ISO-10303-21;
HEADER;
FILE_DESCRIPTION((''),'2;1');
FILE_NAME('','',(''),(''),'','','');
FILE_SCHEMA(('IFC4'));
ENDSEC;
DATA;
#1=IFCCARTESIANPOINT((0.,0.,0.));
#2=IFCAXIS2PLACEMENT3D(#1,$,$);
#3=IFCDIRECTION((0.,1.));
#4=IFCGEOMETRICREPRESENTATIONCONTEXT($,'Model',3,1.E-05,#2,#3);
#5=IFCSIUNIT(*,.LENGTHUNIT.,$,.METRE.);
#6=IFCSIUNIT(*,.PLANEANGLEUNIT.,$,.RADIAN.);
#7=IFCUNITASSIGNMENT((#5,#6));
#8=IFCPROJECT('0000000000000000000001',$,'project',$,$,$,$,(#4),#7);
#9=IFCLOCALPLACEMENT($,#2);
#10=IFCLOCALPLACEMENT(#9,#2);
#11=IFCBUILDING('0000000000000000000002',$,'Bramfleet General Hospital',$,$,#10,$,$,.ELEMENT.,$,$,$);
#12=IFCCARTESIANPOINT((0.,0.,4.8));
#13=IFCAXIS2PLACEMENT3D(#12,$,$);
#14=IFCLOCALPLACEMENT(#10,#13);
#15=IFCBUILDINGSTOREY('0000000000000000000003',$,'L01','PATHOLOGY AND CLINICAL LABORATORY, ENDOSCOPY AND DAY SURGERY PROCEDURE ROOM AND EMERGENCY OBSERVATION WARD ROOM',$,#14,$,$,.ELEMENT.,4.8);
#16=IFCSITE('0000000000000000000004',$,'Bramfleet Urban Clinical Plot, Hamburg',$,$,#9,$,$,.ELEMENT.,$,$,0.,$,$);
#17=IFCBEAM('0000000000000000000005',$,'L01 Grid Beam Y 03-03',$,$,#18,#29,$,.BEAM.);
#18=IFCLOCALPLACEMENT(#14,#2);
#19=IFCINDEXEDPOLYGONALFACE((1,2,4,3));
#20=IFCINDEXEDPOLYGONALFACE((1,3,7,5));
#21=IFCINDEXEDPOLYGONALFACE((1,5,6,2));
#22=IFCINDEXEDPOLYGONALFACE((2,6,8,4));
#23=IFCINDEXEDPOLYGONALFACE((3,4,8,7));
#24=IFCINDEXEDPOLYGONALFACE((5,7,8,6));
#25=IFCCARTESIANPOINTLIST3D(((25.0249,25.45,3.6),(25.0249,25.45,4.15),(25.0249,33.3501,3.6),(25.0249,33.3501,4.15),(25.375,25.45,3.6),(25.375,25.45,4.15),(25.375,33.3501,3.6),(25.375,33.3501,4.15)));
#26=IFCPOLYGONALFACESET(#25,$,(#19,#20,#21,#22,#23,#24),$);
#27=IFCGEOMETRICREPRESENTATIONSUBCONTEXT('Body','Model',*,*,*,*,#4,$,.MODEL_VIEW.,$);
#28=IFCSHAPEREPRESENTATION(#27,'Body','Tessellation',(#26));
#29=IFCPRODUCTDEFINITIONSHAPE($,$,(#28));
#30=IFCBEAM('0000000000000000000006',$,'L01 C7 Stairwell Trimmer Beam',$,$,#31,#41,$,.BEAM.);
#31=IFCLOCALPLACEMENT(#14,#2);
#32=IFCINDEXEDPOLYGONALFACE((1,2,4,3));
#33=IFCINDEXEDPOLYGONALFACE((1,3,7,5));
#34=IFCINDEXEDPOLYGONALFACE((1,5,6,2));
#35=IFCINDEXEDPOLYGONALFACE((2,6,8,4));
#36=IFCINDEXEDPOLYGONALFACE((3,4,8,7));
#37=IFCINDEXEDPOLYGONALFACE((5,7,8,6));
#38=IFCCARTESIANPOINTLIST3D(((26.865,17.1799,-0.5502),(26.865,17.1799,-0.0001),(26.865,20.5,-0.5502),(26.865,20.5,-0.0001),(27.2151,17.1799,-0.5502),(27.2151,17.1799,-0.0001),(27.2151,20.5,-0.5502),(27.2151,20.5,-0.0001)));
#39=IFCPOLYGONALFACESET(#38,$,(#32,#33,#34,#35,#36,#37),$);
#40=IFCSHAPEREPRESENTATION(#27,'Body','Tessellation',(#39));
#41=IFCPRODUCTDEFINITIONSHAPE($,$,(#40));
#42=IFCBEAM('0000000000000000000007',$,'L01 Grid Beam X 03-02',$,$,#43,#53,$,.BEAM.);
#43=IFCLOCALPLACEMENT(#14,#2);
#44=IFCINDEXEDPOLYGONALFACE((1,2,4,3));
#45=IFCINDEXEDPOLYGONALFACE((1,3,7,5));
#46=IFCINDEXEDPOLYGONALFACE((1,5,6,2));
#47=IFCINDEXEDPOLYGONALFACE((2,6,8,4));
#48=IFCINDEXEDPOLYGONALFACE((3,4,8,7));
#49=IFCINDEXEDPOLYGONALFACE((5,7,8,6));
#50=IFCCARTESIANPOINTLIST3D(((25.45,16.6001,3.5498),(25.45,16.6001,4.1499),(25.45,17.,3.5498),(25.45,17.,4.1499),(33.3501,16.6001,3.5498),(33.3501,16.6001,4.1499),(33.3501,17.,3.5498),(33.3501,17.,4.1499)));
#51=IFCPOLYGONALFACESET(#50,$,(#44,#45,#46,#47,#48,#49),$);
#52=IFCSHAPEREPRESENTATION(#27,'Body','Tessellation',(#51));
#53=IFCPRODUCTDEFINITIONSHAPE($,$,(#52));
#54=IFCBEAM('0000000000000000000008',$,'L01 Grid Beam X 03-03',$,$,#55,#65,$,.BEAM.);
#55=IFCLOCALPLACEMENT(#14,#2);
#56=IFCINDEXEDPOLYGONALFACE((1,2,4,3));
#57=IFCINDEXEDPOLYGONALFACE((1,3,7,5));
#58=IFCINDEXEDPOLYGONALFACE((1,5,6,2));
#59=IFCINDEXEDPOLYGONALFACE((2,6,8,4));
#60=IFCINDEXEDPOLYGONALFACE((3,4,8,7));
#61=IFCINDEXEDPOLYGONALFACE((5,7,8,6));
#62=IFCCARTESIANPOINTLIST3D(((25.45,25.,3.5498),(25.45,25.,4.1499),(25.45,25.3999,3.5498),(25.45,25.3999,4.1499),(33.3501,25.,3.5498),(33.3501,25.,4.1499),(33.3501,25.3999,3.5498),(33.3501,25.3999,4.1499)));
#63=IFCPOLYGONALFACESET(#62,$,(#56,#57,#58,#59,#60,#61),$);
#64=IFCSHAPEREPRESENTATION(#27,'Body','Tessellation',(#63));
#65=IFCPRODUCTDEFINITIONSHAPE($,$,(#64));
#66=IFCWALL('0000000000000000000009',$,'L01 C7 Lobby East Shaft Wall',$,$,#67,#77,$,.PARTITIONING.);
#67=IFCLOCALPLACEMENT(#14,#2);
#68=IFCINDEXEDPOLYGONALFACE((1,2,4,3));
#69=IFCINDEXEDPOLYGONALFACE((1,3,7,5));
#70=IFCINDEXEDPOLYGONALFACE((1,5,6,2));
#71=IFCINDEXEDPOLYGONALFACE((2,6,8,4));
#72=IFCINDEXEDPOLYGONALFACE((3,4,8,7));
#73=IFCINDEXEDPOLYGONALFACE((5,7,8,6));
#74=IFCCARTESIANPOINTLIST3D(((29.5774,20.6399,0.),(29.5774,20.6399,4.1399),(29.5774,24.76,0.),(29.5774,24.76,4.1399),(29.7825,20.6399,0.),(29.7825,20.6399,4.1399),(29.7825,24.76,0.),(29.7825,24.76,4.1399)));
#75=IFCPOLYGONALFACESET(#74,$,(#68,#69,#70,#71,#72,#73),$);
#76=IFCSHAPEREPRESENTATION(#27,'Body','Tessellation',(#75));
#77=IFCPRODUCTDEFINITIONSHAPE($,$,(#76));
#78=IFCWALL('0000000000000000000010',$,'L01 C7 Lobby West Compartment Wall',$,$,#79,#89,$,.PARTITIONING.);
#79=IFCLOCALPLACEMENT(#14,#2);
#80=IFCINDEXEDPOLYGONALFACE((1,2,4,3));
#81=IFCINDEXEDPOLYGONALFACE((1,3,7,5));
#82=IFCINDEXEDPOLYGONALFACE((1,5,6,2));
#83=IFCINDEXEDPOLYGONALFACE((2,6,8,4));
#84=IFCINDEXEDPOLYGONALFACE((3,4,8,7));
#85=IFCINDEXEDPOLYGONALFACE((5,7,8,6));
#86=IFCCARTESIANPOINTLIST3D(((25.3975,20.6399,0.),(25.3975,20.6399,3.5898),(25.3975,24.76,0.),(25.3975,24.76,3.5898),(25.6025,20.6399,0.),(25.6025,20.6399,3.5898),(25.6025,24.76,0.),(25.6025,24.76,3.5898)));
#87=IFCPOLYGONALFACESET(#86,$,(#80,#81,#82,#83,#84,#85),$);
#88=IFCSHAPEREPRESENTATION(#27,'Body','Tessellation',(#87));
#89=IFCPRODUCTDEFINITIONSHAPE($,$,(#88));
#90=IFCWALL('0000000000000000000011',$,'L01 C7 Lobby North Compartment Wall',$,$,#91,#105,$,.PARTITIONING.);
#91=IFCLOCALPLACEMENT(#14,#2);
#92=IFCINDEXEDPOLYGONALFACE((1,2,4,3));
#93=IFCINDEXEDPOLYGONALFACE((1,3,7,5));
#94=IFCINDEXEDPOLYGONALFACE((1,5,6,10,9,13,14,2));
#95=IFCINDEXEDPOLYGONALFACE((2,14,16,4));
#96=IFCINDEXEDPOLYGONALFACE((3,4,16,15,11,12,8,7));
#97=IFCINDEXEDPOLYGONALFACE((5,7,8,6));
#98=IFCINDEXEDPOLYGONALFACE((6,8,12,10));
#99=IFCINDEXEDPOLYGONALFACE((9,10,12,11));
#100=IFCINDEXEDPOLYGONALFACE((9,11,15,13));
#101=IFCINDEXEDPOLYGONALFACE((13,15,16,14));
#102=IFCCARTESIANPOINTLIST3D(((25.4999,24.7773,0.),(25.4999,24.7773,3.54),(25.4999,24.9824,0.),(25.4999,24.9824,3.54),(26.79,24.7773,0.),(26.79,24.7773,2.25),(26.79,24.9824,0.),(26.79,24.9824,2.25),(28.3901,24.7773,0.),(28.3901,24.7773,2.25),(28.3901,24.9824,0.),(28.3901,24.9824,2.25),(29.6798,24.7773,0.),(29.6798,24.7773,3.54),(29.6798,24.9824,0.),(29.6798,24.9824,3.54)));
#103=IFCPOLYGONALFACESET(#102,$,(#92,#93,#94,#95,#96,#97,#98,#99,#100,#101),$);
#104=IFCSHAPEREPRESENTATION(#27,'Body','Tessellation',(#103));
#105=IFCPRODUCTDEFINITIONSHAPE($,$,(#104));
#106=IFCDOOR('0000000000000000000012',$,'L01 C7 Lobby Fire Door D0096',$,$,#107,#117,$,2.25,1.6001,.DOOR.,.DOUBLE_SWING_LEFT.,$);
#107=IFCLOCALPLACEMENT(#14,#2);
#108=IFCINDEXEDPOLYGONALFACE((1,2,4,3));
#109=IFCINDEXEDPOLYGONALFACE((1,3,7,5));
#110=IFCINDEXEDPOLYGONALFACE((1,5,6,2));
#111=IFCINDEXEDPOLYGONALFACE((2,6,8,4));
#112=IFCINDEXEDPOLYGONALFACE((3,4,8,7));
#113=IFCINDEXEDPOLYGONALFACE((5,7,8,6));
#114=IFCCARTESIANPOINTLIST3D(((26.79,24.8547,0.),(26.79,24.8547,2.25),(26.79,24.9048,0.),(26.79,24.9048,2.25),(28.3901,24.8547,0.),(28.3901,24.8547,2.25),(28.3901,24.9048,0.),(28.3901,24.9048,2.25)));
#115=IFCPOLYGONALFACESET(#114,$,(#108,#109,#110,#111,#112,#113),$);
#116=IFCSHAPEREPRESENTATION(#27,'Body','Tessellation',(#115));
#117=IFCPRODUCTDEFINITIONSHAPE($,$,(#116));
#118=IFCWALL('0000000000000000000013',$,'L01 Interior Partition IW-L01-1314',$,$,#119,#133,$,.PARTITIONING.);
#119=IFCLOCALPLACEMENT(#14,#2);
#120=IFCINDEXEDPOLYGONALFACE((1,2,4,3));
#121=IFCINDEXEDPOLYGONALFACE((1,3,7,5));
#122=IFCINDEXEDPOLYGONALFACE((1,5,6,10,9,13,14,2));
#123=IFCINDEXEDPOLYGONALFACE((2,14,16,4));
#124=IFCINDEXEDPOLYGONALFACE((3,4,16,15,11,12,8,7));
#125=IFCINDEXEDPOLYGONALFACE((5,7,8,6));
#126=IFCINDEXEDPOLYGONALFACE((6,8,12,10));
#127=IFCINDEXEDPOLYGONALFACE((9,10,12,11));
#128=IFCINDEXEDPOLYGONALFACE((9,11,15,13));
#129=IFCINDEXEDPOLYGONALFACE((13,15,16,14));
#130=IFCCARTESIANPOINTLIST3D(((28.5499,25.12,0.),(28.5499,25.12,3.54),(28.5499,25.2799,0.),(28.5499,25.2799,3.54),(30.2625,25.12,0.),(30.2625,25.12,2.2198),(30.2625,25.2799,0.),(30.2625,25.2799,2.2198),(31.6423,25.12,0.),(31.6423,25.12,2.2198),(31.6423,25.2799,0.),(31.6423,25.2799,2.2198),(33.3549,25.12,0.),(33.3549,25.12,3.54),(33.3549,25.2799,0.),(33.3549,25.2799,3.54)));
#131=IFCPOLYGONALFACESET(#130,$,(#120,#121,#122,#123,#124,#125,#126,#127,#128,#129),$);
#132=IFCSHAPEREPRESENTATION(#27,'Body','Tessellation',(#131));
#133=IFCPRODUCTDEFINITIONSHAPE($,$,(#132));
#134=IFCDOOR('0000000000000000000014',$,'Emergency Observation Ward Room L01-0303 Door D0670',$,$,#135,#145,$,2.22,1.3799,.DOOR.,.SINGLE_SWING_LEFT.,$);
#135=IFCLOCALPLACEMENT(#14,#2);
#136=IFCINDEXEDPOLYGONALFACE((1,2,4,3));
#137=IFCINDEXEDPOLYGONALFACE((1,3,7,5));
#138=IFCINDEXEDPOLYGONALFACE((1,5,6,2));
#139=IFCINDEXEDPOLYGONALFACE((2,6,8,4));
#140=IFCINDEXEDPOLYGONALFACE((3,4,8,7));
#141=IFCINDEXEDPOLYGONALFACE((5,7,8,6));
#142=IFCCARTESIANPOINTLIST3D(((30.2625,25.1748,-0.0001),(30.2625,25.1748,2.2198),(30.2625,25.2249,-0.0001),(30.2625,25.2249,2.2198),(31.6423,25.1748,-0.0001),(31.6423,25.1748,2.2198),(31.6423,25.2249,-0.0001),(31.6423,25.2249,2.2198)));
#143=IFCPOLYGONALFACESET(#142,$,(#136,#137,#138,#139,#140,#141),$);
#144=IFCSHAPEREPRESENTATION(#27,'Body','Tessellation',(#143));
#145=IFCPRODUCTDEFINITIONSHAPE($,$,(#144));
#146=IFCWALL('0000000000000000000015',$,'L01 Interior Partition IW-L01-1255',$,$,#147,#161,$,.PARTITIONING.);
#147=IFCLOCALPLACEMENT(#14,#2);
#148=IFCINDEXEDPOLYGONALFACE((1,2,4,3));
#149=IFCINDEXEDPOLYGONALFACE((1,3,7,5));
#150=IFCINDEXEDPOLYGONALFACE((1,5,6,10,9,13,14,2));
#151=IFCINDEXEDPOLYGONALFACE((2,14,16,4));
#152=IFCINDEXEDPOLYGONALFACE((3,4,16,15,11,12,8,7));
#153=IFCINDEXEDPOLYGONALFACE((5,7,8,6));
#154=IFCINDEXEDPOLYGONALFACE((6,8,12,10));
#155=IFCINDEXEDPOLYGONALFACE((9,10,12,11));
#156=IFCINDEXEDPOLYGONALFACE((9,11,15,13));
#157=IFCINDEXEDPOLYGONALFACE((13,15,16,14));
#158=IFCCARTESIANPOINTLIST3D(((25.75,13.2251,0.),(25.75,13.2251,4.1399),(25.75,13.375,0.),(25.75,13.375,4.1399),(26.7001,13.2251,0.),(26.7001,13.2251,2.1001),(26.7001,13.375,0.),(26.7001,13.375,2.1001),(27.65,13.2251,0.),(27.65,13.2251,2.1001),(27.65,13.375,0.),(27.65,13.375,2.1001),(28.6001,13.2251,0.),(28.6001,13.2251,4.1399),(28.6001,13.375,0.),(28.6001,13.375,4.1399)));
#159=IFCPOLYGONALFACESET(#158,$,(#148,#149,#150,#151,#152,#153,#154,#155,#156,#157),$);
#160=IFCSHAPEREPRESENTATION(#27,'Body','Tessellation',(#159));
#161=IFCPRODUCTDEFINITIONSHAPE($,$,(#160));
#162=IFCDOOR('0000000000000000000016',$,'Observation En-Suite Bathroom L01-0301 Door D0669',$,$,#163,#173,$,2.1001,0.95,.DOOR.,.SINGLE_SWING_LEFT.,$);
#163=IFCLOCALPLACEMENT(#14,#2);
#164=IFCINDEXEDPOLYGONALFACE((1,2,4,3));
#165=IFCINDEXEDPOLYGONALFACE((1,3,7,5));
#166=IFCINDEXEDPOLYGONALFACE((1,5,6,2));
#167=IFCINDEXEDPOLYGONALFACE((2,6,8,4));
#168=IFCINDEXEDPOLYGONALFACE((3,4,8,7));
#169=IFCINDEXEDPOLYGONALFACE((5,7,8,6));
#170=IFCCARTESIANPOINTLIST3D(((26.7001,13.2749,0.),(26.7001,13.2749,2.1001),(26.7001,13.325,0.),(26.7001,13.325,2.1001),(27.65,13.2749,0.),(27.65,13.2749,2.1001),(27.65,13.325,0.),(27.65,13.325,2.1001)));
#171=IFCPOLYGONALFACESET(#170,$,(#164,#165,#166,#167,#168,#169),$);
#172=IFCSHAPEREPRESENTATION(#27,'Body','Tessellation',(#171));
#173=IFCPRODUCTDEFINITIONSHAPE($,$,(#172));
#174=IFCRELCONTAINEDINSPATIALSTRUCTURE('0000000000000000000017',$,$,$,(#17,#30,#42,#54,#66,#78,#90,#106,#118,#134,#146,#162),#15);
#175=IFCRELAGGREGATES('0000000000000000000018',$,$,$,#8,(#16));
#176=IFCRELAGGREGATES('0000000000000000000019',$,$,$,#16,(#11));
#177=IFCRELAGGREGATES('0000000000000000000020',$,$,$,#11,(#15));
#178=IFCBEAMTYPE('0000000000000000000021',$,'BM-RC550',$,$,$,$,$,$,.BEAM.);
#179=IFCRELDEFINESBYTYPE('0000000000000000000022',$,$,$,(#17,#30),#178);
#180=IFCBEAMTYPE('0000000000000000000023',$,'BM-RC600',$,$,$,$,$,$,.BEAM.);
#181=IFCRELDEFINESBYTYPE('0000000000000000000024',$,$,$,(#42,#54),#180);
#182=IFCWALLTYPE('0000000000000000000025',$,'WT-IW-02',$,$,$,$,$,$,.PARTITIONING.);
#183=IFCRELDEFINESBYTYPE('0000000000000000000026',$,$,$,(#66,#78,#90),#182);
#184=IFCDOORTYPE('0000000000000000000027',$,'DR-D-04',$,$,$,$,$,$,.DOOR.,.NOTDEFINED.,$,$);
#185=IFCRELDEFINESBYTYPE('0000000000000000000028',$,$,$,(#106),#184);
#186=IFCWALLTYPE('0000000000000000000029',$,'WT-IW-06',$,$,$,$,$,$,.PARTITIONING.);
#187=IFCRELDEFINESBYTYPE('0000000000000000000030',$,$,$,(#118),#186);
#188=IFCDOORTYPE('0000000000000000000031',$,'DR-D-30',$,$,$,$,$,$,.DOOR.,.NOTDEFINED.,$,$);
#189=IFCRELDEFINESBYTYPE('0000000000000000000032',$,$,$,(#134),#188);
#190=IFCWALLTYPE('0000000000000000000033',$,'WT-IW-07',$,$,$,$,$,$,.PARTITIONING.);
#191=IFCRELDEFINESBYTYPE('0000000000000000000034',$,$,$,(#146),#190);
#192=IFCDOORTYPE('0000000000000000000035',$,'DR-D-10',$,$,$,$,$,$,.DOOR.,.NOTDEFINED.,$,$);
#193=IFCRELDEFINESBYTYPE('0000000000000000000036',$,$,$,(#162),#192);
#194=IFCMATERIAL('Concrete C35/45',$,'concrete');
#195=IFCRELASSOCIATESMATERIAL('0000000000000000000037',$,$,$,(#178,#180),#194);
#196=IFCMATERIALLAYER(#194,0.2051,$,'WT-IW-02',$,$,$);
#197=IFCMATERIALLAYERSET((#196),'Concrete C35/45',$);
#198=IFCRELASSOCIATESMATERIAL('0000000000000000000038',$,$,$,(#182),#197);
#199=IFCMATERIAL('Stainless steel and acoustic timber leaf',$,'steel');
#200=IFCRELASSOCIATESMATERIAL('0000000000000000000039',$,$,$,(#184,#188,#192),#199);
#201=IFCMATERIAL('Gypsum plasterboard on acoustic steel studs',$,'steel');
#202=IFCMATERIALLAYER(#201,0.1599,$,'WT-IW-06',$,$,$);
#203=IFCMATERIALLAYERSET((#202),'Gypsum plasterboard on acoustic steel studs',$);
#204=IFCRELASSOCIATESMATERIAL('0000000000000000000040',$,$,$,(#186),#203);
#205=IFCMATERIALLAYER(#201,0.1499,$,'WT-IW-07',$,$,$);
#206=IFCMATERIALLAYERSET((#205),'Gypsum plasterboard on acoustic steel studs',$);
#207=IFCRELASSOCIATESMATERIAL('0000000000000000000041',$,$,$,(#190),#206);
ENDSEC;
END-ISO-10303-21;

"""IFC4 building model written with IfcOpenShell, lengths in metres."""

from ifc_helpers import new_model, si_unit, direction, frame, frame_2d, origin, origin_2d, place, context, subcontext, project, spatial, rectangle, extrude, material, layer, layer_set, material_profile, profile_set, type_object, element, fill, save


model = new_model("IFC4")

# Units and contexts
model_context = context("Model", 3, precision=1e-05, world=origin(), true_north=direction((0.0, 1.0)))
body_context = subcontext(model_context, "Body", "Model", "MODEL_VIEW")
ifc_project = project(units=[si_unit("LENGTHUNIT", "METRE"), si_unit("PLANEANGLEUNIT", "RADIAN")], contexts=[model_context])

# Site, building, storey
site_placement = place(None, origin())
site = spatial("IfcSite", under=ifc_project, at=site_placement, Name="Bramfleet Urban Clinical Plot, Hamburg", CompositionType="ELEMENT", RefElevation=0.0)
building_placement = place(site_placement, origin())
building = spatial("IfcBuilding", under=site, at=building_placement, Name="Bramfleet General Hospital", CompositionType="ELEMENT")
storey_placement = place(building_placement, frame((0.0, 0.0, 4.8)))
storey = spatial("IfcBuildingStorey", under=building, at=storey_placement, Name="L01", Description="PATHOLOGY AND CLINICAL LABORATORY, ENDOSCOPY AND DAY SURGERY PROCEDURE ROOM AND EMERGENCY OBSERVATION WARD ROOM", CompositionType="ELEMENT", Elevation=4.8)

# Beams
ifc_material_1 = material(Name="Concrete C35/45", Category="concrete")
ifc_material_profile_1 = material_profile(ifc_material_1, rectangle(XDim=0.3501, YDim=0.55, at=origin_2d()), Name="RC BM 550x350")
ifc_profile_set_1 = profile_set([ifc_material_profile_1], Name="Concrete C35/45")
beam_type_1 = type_object("IfcBeamType", Name="BM-RC550", PredefinedType="BEAM", material=ifc_profile_set_1)
beam_1_placement = place(storey_placement, frame((25.2, 25.45, 3.875), z_axis=(0.0, 1.0, 0.0), x_axis=(-1.0, 0.0, 0.0)))
element("IfcBeam", 1, at=beam_1_placement, inside=storey, type_object=beam_type_1, Name="L01 Grid Beam Y 03-03", PredefinedType="BEAM", context=body_context, shape_type="SweptSolid", body=[
    extrude(rectangle(XDim=0.3501, YDim=0.55, at=origin_2d()), origin(), (0.0, 0.0, 1.0), 7.9001),
])
beam_2_placement = place(storey_placement, frame((27.04, 17.1799, -0.2751), z_axis=(0.0, 1.0, 0.0), x_axis=(-1.0, 0.0, 0.0)))
element("IfcBeam", 2, at=beam_2_placement, inside=storey, type_object=beam_type_1, Name="L01 C7 Stairwell Trimmer Beam", PredefinedType="BEAM", context=body_context, shape_type="SweptSolid", body=[
    extrude(rectangle(XDim=0.3501, YDim=0.55, at=origin_2d()), origin(), (0.0, 0.0, 1.0), 3.3201),
])
ifc_material_profile_2 = material_profile(ifc_material_1, rectangle(XDim=0.3999, YDim=0.6001, at=origin_2d()), Name="RC BM 600x400")
ifc_profile_set_2 = profile_set([ifc_material_profile_2], Name="Concrete C35/45")
beam_type_2 = type_object("IfcBeamType", Name="BM-RC600", PredefinedType="BEAM", material=ifc_profile_set_2)
for number, where, z_axis, x_axis, name in (
    (3, (25.45, 16.8, 3.8499), (1.0, 0.0, 0.0), (0.0, 1.0, 0.0), "L01 Grid Beam X 03-02"),
    (4, (25.45, 25.2, 3.8499), (1.0, 0.0, 0.0), (0.0, 1.0, 0.0), "L01 Grid Beam X 03-03"),
):
    element("IfcBeam", number, at=place(storey_placement, frame(where, z_axis=z_axis, x_axis=x_axis)), inside=storey, type_object=beam_type_2, Name=name, PredefinedType="BEAM", context=body_context, shape_type="SweptSolid", body=[
        extrude(rectangle(XDim=0.3999, YDim=0.6001, at=origin_2d()), origin(), (0.0, 0.0, 1.0), 7.9001),
    ])

# Walls
ifc_layer_1 = layer(ifc_material_1, 0.2051, Name="WT-IW-02")
ifc_layer_set_1 = layer_set([ifc_layer_1], Name="Concrete C35/45")
wall_type_1 = type_object("IfcWallType", Name="WT-IW-02", PredefinedType="PARTITIONING", material=ifc_layer_set_1)
wall_1_placement = place(storey_placement, frame((29.6799, 20.6399, 0.0), z_axis=(0.0, 0.0, 1.0), x_axis=(0.0, 1.0, 0.0)))
element("IfcWall", 5, at=wall_1_placement, inside=storey, type_object=wall_type_1, Name="L01 C7 Lobby East Shaft Wall", PredefinedType="PARTITIONING", context=body_context, shape_type="SweptSolid", body=[
    extrude(rectangle(XDim=4.1201, YDim=0.2051, at=frame_2d((2.0601, 0.0))), origin(), (0.0, 0.0, 1.0), 4.1399),
])
wall_2_placement = place(storey_placement, frame((25.5, 20.6399, 0.0), z_axis=(0.0, 0.0, 1.0), x_axis=(0.0, 1.0, 0.0)))
element("IfcWall", 6, at=wall_2_placement, inside=storey, type_object=wall_type_1, Name="L01 C7 Lobby West Compartment Wall", PredefinedType="PARTITIONING", context=body_context, shape_type="SweptSolid", body=[
    extrude(rectangle(XDim=4.1201, YDim=0.2051, at=frame_2d((2.0601, 0.0))), origin(), (0.0, 0.0, 1.0), 3.5898),
])

# Walls, openings, doors
wall_3_placement = place(storey_placement, frame((25.5, 24.8799, 0.0), z_axis=(0.0, 0.0, 1.0), x_axis=(1.0, 0.0, 0.0)))
wall_3 = element("IfcWall", 7, at=wall_3_placement, inside=storey, type_object=wall_type_1, Name="L01 C7 Lobby North Compartment Wall", PredefinedType="PARTITIONING", context=body_context, shape_type="SweptSolid", body=[
    extrude(rectangle(XDim=4.1799, YDim=0.2051, at=frame_2d((2.0898, 0.0))), origin(), (0.0, 0.0, 1.0), 3.54),
])
opening_1_placement = place(wall_3_placement, frame((1.29, 0.0, 0.0)))
opening_1 = element("IfcOpeningElement", 8, at=opening_1_placement, cuts=wall_3, PredefinedType="OPENING", context=body_context, shape_type="SweptSolid", body=[
    extrude(rectangle(XDim=1.6001, YDim=2.25, at=frame_2d((0.8, 1.125))), frame((0.0, 0.1125, 0.0), z_axis=(0.0, -1.0, 0.0), x_axis=(1.0, 0.0, 0.0)), (0.0, 0.0, 1.0), 0.2251),
])
ifc_material_2 = material(Name="Stainless steel and acoustic timber leaf", Category="steel")
door_type_1 = type_object("IfcDoorType", Name="DR-D-04", OperationType="NOTDEFINED", PredefinedType="DOOR", material=ifc_material_2)
door_1_placement = place(opening_1_placement, origin())
door_1 = element("IfcDoor", 9, at=door_1_placement, inside=storey, type_object=door_type_1, Name="L01 C7 Lobby Fire Door D0096", OperationType="DOUBLE_SWING_LEFT", OverallHeight=2.25, OverallWidth=1.6001, PredefinedType="DOOR", context=body_context, shape_type="SweptSolid", body=[
    extrude(rectangle(XDim=1.6001, YDim=2.25, at=frame_2d((0.8, 1.125))), frame((0.0, 0.0249, 0.0), z_axis=(0.0, -1.0, 0.0), x_axis=(1.0, 0.0, 0.0)), (0.0, 0.0, 1.0), 0.05),
])
fill(opening_1, door_1)
ifc_material_3 = material(Name="Gypsum plasterboard on acoustic steel studs", Category="steel")
ifc_layer_2 = layer(ifc_material_3, 0.1599, Name="WT-IW-06")
ifc_layer_set_2 = layer_set([ifc_layer_2], Name="Gypsum plasterboard on acoustic steel studs")
wall_type_2 = type_object("IfcWallType", Name="WT-IW-06", PredefinedType="PARTITIONING", material=ifc_layer_set_2)
wall_4_placement = place(storey_placement, frame((28.55, 25.2, 0.0), z_axis=(0.0, 0.0, 1.0), x_axis=(1.0, 0.0, 0.0)))
wall_4 = element("IfcWall", 10, at=wall_4_placement, inside=storey, type_object=wall_type_2, Name="L01 Interior Partition IW-L01-1314", PredefinedType="PARTITIONING", context=body_context, shape_type="SweptSolid", body=[
    extrude(rectangle(XDim=4.8049, YDim=0.1599, at=frame_2d((2.4023, 0.0))), origin(), (0.0, 0.0, 1.0), 3.54),
])
opening_2_placement = place(wall_4_placement, frame((1.7124, 0.0, 0.0)))
opening_2 = element("IfcOpeningElement", 11, at=opening_2_placement, cuts=wall_4, PredefinedType="OPENING", context=body_context, shape_type="SweptSolid", body=[
    extrude(rectangle(XDim=1.3799, YDim=2.22, at=frame_2d((0.6899, 1.1099))), frame((0.0, 0.0898, 0.0), z_axis=(0.0, -1.0, 0.0), x_axis=(1.0, 0.0, 0.0)), (0.0, 0.0, 1.0), 0.1799),
])
door_type_2 = type_object("IfcDoorType", Name="DR-D-30", OperationType="NOTDEFINED", PredefinedType="DOOR", material=ifc_material_2)
door_2_placement = place(opening_2_placement, origin())
door_2 = element("IfcDoor", 12, at=door_2_placement, inside=storey, type_object=door_type_2, Name="Emergency Observation Ward Room L01-0303 Door D0670", OperationType="SINGLE_SWING_LEFT", OverallHeight=2.22, OverallWidth=1.3799, PredefinedType="DOOR", context=body_context, shape_type="SweptSolid", body=[
    extrude(rectangle(XDim=1.3799, YDim=2.22, at=frame_2d((0.6899, 1.1099))), frame((0.0, 0.0249, 0.0), z_axis=(0.0, -1.0, 0.0), x_axis=(1.0, 0.0, 0.0)), (0.0, 0.0, 1.0), 0.05),
])
fill(opening_2, door_2)
ifc_layer_3 = layer(ifc_material_3, 0.1499, Name="WT-IW-07")
ifc_layer_set_3 = layer_set([ifc_layer_3], Name="Gypsum plasterboard on acoustic steel studs")
wall_type_3 = type_object("IfcWallType", Name="WT-IW-07", PredefinedType="PARTITIONING", material=ifc_layer_set_3)
wall_5_placement = place(storey_placement, frame((25.75, 13.3, 0.0), z_axis=(0.0, 0.0, 1.0), x_axis=(1.0, 0.0, 0.0)))
wall_5 = element("IfcWall", 13, at=wall_5_placement, inside=storey, type_object=wall_type_3, Name="L01 Interior Partition IW-L01-1255", PredefinedType="PARTITIONING", context=body_context, shape_type="SweptSolid", body=[
    extrude(rectangle(XDim=2.8501, YDim=0.1499, at=frame_2d((1.425, 0.0))), origin(), (0.0, 0.0, 1.0), 4.1399),
])
opening_3_placement = place(wall_5_placement, frame((0.95, 0.0, 0.0)))
opening_3 = element("IfcOpeningElement", 14, at=opening_3_placement, cuts=wall_5, PredefinedType="OPENING", context=body_context, shape_type="SweptSolid", body=[
    extrude(rectangle(XDim=0.95, YDim=2.1001, at=frame_2d((0.4751, 1.05))), frame((0.0, 0.085, 0.0), z_axis=(0.0, -1.0, 0.0), x_axis=(1.0, 0.0, 0.0)), (0.0, 0.0, 1.0), 0.1699),
])
door_type_3 = type_object("IfcDoorType", Name="DR-D-10", OperationType="NOTDEFINED", PredefinedType="DOOR", material=ifc_material_2)
door_3_placement = place(opening_3_placement, origin())
door_3 = element("IfcDoor", 15, at=door_3_placement, inside=storey, type_object=door_type_3, Name="Observation En-Suite Bathroom L01-0301 Door D0669", OperationType="SINGLE_SWING_LEFT", OverallHeight=2.1001, OverallWidth=0.95, PredefinedType="DOOR", context=body_context, shape_type="SweptSolid", body=[
    extrude(rectangle(XDim=0.95, YDim=2.1001, at=frame_2d((0.4751, 1.05))), frame((0.0, 0.0249, 0.0), z_axis=(0.0, -1.0, 0.0), x_axis=(1.0, 0.0, 0.0)), (0.0, 0.0, 1.0), 0.05),
])
fill(opening_3, door_3)

save(model, "model.ifc")
